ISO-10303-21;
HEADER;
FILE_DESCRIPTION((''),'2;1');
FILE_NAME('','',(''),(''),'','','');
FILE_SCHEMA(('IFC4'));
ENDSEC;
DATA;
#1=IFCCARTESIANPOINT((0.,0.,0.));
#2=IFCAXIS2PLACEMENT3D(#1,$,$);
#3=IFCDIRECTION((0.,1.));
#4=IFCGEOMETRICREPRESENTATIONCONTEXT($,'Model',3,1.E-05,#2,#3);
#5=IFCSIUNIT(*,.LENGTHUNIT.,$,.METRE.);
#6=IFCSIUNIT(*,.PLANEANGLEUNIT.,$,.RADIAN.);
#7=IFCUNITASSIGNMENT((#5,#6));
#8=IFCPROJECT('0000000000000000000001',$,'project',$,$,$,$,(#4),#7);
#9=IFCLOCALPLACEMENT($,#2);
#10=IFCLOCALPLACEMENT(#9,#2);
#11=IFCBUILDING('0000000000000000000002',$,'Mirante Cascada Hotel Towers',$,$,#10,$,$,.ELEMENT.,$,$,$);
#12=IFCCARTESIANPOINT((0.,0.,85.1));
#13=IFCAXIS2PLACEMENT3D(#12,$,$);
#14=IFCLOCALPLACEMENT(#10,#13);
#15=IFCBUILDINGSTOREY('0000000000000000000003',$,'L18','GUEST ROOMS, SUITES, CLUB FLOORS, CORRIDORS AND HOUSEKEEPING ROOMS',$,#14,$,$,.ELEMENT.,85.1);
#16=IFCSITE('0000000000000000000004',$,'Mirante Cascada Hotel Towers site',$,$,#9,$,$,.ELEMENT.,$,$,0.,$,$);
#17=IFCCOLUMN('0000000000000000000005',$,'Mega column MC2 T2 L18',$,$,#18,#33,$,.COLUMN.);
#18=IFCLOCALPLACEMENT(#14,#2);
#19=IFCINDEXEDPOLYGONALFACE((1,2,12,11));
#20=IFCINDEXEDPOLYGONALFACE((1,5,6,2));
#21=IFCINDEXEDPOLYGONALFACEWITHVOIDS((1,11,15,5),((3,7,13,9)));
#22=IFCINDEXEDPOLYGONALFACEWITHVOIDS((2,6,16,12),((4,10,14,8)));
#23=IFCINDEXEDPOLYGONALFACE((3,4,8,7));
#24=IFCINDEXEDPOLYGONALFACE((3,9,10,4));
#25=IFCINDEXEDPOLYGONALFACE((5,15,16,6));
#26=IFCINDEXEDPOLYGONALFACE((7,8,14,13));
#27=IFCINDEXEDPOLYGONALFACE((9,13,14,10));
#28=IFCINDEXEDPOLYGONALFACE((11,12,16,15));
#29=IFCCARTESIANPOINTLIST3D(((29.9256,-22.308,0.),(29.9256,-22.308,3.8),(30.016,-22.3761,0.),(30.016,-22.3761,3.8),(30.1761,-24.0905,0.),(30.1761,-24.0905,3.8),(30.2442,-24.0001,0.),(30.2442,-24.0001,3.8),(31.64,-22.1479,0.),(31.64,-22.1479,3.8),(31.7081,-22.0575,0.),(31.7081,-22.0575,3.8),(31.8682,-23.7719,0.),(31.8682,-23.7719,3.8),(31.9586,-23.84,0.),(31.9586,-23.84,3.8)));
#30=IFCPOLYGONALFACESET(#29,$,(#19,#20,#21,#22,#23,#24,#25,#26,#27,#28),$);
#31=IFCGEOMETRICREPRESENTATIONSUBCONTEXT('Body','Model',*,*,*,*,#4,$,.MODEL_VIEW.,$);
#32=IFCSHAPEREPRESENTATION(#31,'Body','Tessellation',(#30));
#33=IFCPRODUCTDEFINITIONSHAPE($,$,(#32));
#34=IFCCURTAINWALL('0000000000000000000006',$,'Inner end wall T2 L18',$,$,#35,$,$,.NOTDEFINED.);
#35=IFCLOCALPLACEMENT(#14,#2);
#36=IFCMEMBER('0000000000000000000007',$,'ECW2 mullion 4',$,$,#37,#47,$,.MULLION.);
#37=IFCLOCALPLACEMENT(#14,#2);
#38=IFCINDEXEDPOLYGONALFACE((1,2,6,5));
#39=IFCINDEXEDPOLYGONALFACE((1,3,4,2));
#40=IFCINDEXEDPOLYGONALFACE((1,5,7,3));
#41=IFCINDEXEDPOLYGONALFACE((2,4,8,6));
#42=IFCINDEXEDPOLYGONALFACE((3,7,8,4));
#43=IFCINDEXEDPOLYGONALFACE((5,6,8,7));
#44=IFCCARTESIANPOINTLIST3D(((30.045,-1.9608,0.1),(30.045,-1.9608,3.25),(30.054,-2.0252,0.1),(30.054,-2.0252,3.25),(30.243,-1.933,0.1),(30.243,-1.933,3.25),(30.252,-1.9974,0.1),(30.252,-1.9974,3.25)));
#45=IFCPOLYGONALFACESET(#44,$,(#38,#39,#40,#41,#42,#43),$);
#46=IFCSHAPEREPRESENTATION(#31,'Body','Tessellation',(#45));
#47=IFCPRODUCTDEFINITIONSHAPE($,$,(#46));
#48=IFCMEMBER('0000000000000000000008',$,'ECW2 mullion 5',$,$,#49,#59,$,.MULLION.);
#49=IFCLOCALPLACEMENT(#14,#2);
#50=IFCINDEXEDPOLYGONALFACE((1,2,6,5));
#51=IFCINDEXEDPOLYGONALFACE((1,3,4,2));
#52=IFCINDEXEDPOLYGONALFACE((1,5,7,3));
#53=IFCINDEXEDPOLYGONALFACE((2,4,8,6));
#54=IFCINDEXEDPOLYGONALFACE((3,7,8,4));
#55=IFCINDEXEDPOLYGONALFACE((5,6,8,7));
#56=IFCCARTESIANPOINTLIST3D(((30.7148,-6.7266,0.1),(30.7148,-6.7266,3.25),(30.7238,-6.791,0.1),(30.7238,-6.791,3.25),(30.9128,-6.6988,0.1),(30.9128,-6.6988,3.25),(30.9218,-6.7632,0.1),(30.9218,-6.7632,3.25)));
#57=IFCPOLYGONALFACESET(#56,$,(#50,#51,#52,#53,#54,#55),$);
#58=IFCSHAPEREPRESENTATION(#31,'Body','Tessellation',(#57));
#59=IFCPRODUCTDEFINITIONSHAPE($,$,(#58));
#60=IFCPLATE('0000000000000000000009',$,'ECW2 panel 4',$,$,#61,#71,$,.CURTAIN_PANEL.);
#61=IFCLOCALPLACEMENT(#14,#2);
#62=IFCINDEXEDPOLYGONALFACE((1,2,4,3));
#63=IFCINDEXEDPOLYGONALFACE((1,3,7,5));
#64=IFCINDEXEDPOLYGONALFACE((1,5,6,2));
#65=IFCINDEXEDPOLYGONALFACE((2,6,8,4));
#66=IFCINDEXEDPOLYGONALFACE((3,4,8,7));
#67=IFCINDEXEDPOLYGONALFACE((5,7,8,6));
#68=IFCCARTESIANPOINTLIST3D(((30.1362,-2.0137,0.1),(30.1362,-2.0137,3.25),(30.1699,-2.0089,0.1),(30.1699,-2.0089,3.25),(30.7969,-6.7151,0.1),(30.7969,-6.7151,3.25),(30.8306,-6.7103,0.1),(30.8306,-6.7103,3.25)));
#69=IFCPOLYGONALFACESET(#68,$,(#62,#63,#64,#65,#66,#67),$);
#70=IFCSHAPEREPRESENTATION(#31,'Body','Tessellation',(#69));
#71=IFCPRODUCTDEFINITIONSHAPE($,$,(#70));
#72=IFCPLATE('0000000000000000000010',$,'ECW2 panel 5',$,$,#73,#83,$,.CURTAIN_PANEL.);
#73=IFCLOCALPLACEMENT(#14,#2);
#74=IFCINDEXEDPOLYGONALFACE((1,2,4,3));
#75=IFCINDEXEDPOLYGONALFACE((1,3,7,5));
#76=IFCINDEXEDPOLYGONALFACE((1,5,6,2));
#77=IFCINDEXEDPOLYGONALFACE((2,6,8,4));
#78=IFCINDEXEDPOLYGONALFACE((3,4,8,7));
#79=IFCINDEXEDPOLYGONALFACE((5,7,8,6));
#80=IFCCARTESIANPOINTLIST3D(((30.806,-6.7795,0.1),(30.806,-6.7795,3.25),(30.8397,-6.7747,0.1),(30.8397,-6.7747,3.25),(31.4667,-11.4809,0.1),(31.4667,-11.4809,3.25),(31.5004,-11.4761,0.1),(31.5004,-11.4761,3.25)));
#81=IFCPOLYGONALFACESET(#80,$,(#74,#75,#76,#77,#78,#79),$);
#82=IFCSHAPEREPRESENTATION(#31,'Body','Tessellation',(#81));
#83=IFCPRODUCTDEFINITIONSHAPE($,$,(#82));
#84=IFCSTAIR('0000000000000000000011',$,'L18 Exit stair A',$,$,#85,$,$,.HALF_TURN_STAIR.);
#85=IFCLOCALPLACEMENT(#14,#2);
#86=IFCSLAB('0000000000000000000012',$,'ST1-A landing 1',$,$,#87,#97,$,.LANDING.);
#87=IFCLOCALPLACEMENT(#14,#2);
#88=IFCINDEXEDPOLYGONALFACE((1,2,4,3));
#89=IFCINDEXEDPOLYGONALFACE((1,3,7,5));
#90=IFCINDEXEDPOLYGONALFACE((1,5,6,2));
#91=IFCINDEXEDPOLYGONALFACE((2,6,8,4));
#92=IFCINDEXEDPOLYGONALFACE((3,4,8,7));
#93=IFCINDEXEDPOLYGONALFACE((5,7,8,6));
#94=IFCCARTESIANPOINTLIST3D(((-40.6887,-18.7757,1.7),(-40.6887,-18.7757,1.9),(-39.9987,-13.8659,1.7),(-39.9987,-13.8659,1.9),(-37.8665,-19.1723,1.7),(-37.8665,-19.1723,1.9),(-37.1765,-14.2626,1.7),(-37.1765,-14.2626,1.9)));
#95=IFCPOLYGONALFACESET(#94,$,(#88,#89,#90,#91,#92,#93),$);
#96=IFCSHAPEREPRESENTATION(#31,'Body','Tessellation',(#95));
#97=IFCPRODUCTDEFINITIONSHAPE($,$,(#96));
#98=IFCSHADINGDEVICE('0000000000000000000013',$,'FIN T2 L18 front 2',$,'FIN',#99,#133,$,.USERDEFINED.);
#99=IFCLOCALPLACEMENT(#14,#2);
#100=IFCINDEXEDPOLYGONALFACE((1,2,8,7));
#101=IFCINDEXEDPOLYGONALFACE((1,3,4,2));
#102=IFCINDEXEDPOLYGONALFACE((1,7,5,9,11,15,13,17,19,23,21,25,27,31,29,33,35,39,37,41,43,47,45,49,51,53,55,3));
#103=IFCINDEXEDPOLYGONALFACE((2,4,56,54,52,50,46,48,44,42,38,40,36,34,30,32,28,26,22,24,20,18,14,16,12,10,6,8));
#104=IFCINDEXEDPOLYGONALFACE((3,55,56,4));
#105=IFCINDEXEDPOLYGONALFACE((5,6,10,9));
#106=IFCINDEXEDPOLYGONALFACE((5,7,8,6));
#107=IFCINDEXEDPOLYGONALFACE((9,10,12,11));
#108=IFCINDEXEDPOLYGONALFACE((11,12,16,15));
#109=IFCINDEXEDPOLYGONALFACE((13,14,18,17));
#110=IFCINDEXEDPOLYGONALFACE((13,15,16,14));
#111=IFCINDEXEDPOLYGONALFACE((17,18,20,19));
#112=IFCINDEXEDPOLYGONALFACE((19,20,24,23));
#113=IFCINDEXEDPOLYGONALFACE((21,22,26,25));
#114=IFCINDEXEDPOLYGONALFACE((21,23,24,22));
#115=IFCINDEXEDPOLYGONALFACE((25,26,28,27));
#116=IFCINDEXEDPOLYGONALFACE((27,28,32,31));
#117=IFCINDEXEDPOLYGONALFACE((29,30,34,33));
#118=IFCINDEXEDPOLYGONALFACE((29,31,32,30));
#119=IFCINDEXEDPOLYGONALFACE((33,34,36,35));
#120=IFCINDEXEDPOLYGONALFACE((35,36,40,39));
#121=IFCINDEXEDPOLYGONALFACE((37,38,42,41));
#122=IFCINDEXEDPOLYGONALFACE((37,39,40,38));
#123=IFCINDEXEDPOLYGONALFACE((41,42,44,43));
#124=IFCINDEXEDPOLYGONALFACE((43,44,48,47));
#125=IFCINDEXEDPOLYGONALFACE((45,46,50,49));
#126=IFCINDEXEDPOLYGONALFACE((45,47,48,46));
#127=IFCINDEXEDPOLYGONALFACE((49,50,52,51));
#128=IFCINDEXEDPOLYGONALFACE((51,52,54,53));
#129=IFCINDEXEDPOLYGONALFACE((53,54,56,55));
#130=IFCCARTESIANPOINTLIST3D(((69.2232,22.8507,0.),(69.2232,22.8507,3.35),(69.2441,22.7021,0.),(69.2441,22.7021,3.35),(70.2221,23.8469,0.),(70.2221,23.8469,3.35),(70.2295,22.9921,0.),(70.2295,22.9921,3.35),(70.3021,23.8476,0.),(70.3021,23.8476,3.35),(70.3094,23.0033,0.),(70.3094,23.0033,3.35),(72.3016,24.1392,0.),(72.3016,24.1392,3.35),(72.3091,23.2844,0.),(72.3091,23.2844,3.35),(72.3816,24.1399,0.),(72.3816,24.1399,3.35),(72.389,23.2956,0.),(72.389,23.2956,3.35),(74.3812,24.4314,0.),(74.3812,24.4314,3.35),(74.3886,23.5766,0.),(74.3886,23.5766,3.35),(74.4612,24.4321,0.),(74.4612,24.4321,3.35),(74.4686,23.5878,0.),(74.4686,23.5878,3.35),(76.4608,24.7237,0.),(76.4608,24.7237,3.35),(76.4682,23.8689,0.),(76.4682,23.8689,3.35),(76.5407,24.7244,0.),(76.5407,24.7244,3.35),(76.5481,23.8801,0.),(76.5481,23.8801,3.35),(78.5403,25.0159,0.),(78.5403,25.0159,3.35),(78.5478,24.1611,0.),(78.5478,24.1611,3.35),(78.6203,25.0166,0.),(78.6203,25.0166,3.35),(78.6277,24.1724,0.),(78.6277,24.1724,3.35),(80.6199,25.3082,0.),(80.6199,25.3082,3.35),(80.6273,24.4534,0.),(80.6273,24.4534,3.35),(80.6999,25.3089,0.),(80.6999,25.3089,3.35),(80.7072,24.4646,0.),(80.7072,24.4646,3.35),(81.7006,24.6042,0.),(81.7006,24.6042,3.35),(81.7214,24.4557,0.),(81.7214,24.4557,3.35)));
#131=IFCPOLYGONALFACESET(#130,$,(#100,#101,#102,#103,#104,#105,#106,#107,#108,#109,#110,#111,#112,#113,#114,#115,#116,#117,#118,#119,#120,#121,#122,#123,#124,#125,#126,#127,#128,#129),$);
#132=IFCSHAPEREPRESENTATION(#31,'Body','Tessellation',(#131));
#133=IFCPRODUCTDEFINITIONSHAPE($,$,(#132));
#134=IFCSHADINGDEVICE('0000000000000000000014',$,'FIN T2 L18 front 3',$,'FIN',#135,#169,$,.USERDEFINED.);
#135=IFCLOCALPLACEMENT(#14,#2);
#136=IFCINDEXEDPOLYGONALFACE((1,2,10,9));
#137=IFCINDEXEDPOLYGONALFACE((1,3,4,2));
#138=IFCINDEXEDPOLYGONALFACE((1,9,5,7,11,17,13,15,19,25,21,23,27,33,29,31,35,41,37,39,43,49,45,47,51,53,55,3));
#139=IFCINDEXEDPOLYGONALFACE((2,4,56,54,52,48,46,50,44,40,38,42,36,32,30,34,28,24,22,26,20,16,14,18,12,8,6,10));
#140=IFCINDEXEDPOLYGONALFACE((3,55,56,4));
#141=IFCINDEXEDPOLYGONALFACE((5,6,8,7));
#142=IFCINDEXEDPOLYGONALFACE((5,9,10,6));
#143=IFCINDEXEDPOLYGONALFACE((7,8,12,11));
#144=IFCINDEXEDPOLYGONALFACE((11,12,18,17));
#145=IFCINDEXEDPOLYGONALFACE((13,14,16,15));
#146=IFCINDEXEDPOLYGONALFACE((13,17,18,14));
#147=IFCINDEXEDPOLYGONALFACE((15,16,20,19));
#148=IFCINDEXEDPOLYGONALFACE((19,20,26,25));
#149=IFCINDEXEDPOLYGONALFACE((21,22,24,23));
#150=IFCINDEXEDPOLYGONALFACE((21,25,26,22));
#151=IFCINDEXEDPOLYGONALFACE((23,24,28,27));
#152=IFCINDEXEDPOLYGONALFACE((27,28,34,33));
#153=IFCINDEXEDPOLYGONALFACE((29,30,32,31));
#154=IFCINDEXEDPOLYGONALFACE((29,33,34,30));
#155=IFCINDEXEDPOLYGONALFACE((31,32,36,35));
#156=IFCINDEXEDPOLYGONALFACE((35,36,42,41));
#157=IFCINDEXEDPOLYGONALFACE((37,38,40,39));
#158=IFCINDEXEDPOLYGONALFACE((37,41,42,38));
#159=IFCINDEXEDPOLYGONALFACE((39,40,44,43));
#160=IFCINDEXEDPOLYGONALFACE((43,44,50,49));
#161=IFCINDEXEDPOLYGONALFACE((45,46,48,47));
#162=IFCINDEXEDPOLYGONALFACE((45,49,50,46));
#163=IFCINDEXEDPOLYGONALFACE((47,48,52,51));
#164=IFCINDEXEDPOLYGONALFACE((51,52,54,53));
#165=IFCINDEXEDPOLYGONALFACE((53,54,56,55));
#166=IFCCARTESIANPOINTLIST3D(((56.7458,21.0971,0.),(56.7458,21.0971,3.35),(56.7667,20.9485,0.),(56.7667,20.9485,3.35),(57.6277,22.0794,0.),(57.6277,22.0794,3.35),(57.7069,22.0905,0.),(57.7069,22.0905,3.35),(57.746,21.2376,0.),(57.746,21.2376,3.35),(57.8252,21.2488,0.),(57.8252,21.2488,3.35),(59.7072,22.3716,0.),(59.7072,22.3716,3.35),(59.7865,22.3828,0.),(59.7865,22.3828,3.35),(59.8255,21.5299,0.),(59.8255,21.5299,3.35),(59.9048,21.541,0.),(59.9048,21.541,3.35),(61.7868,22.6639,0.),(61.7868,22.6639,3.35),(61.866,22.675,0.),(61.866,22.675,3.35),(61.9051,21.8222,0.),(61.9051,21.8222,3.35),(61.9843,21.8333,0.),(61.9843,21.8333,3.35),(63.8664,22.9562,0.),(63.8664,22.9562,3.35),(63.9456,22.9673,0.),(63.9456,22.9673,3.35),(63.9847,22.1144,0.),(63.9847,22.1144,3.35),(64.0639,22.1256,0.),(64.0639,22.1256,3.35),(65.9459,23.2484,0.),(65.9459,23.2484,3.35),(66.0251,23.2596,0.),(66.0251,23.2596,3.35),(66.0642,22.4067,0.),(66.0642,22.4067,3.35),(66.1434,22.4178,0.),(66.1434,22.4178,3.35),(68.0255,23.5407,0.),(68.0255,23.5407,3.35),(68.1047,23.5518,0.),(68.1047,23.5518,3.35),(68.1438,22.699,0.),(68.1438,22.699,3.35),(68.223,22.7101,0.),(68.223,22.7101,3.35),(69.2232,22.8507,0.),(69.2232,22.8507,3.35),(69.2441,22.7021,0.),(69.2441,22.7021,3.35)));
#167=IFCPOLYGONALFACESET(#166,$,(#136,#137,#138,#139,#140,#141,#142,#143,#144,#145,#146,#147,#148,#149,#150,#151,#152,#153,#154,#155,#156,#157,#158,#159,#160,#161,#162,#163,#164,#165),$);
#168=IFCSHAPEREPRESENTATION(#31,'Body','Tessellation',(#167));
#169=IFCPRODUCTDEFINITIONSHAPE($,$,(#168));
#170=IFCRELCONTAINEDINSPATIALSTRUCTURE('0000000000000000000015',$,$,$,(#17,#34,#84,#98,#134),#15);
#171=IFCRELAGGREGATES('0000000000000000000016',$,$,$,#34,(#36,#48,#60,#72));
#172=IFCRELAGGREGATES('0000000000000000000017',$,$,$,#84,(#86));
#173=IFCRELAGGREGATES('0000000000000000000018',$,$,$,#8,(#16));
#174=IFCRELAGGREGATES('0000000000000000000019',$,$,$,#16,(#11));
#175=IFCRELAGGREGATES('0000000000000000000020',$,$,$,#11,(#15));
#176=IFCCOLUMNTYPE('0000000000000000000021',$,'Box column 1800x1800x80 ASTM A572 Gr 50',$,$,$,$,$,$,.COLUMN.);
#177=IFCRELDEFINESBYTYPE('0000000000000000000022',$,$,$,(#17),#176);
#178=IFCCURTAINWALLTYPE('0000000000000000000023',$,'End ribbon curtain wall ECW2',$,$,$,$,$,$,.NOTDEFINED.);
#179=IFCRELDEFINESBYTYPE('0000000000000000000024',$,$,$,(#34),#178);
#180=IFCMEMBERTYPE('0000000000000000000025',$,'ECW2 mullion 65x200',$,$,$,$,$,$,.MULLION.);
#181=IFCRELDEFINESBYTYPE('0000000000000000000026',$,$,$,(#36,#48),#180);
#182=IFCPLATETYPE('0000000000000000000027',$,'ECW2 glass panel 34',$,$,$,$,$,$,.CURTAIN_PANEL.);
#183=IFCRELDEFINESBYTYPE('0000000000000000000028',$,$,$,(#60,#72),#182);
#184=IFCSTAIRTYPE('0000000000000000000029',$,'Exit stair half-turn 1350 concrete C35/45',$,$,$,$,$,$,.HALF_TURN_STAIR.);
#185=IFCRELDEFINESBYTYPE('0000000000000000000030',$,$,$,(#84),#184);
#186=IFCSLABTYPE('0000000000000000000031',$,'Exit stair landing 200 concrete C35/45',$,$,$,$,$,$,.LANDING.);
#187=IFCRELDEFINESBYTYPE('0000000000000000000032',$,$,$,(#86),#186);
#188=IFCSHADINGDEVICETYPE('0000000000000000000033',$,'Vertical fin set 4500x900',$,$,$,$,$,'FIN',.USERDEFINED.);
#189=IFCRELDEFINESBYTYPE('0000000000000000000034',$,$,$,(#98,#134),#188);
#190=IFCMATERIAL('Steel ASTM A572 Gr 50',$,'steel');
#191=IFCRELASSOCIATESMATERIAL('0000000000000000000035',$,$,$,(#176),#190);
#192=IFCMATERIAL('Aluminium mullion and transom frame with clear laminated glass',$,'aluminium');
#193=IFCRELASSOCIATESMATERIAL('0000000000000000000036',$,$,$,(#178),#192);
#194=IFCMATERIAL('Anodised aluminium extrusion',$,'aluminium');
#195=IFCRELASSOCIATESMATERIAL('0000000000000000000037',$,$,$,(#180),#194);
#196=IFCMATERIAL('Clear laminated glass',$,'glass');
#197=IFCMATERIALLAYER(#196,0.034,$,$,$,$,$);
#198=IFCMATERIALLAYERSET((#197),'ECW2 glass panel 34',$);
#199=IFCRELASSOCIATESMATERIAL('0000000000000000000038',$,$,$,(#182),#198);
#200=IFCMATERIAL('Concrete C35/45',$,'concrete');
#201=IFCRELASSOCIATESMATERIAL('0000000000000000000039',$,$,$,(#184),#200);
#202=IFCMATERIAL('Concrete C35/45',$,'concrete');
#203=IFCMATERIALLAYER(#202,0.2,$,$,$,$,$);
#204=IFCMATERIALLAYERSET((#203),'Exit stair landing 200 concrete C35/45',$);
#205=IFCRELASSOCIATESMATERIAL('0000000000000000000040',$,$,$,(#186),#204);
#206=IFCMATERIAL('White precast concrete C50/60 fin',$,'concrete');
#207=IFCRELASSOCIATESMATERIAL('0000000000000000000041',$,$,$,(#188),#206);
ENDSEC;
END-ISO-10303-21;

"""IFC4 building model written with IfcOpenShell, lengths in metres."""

from ifc_helpers import new_model, si_unit, direction, frame, origin, origin_2d, place, context, subcontext, project, spatial, polyline, rectangle, hollow_rectangle, outline, extrude, material, layer, layer_set, material_profile, profile_set, type_object, element, aggregate, save


model = new_model("IFC4")

# Units and contexts
model_context = context("Model", 3, precision=1e-05, world=origin(), true_north=direction((0.0, 1.0)))
body_context = subcontext(model_context, "Body", "Model", "MODEL_VIEW")
ifc_project = project(units=[si_unit("LENGTHUNIT", "METRE"), si_unit("PLANEANGLEUNIT", "RADIAN")], contexts=[model_context])

# Site, building, storey
site_placement = place(None, origin())
site = spatial("IfcSite", under=ifc_project, at=site_placement, Name="Mirante Cascada Hotel Towers site", CompositionType="ELEMENT", RefElevation=0.0)
building_placement = place(site_placement, origin())
building = spatial("IfcBuilding", under=site, at=building_placement, Name="Mirante Cascada Hotel Towers", CompositionType="ELEMENT")
storey_placement = place(building_placement, frame((0.0, 0.0, 85.1)))
storey = spatial("IfcBuildingStorey", under=building, at=storey_placement, Name="L18", Description="GUEST ROOMS, SUITES, CLUB FLOORS, CORRIDORS AND HOUSEKEEPING ROOMS", CompositionType="ELEMENT", Elevation=85.1)

# Column
ifc_material_1 = material(Name="Steel ASTM A572 Gr 50", Category="steel")
ifc_material_profile_1 = material_profile(ifc_material_1, hollow_rectangle(XDim=1.8, YDim=1.8, WallThickness=0.08, at=origin_2d()), Name="Box column 1800x1800x80 ASTM A572 Gr 50")
ifc_profile_set_1 = profile_set([ifc_material_profile_1], Name="Steel ASTM A572 Gr 50")
column_type = type_object("IfcColumnType", Name="Box column 1800x1800x80 ASTM A572 Gr 50", PredefinedType="COLUMN", material=ifc_profile_set_1)
column_placement = place(storey_placement, frame((30.9421, -23.074, 0.0), z_axis=(0.0, 0.0, 1.0), x_axis=(0.990268, 0.139173, 0.0)))
element("IfcColumn", 1, at=column_placement, inside=storey, type_object=column_type, Name="Mega column MC2 T2 L18", PredefinedType="COLUMN", context=body_context, shape_type="SweptSolid", body=[
    extrude(hollow_rectangle(XDim=1.8, YDim=1.8, WallThickness=0.08, at=origin_2d()), origin(), (0.0, 0.0, 1.0), 3.8),
])

# Curtain wall, members, plates
ifc_material_2 = material(Name="Aluminium mullion and transom frame with clear laminated glass", Category="aluminium")
curtain_wall_type = type_object("IfcCurtainWallType", Name="End ribbon curtain wall ECW2", PredefinedType="NOTDEFINED", material=ifc_material_2)
curtain_wall_placement = place(storey_placement, origin())
curtain_wall = element("IfcCurtainWall", 2, at=curtain_wall_placement, inside=storey, type_object=curtain_wall_type, Name="Inner end wall T2 L18", PredefinedType="NOTDEFINED")
ifc_material_3 = material(Name="Anodised aluminium extrusion", Category="aluminium")
ifc_material_profile_2 = material_profile(ifc_material_3, rectangle(XDim=0.2, YDim=0.065, at=origin_2d()), Name="ECW2 MULLION 65x200")
ifc_profile_set_2 = profile_set([ifc_material_profile_2], Name="Anodised aluminium extrusion")
member_type = type_object("IfcMemberType", Name="ECW2 mullion 65x200", PredefinedType="MULLION", material=ifc_profile_set_2)
member_1_placement = place(storey_placement, frame((30.1485, -1.9791, 0.1), z_axis=(0.0, 0.0, 1.0), x_axis=(0.990268, 0.139173, 0.0)))
member_1 = element("IfcMember", 3, at=member_1_placement, type_object=member_type, Name="ECW2 mullion 4", PredefinedType="MULLION", context=body_context, shape_type="SweptSolid", body=[
    extrude(rectangle(XDim=0.2, YDim=0.065, at=origin_2d()), origin(), (0.0, 0.0, 1.0), 3.15),
])
member_2_placement = place(storey_placement, frame((30.8183, -6.7449, 0.1), z_axis=(0.0, 0.0, 1.0), x_axis=(0.990268, 0.139173, 0.0)))
member_2 = element("IfcMember", 4, at=member_2_placement, type_object=member_type, Name="ECW2 mullion 5", PredefinedType="MULLION", context=body_context, shape_type="SweptSolid", body=[
    extrude(rectangle(XDim=0.2, YDim=0.065, at=origin_2d()), origin(), (0.0, 0.0, 1.0), 3.15),
])
ifc_material_4 = material(Name="Clear laminated glass", Category="glass")
ifc_layer_1 = layer(ifc_material_4, 0.034)
ifc_layer_set_1 = layer_set([ifc_layer_1], Name="ECW2 glass panel 34")
plate_type = type_object("IfcPlateType", Name="ECW2 glass panel 34", PredefinedType="CURTAIN_PANEL", material=ifc_layer_set_1)
plate_1_placement = place(storey_placement, frame((30.4834, -4.362, 0.1), z_axis=(0.0, 0.0, 1.0), x_axis=(0.139173, -0.990268, 0.0)))
plate_1 = element("IfcPlate", 5, at=plate_1_placement, type_object=plate_type, Name="ECW2 panel 4", PredefinedType="CURTAIN_PANEL", context=body_context, shape_type="SweptSolid", body=[
    extrude(rectangle(XDim=4.7476, YDim=0.034, at=origin_2d()), origin(), (0.0, 0.0, 1.0), 3.15),
])
plate_2_placement = place(storey_placement, frame((31.1532, -9.1278, 0.1), z_axis=(0.0, 0.0, 1.0), x_axis=(0.139173, -0.990268, 0.0)))
plate_2 = element("IfcPlate", 6, at=plate_2_placement, type_object=plate_type, Name="ECW2 panel 5", PredefinedType="CURTAIN_PANEL", context=body_context, shape_type="SweptSolid", body=[
    extrude(rectangle(XDim=4.7476, YDim=0.034, at=origin_2d()), origin(), (0.0, 0.0, 1.0), 3.15),
])
aggregate(curtain_wall, [member_1, member_2, plate_1, plate_2])

# Stair, slab
ifc_material_5 = material(Name="Concrete C35/45", Category="concrete")
stair_type = type_object("IfcStairType", Name="Exit stair half-turn 1350 concrete C35/45", PredefinedType="HALF_TURN_STAIR", material=ifc_material_5)
stair_placement = place(storey_placement, origin())
stair = element("IfcStair", 7, at=stair_placement, inside=storey, type_object=stair_type, Name="L18 Exit stair A", PredefinedType="HALF_TURN_STAIR")
ifc_material_6 = material(Name="Concrete C35/45", Category="concrete")
ifc_layer_2 = layer(ifc_material_6, 0.2)
ifc_layer_set_2 = layer_set([ifc_layer_2], Name="Exit stair landing 200 concrete C35/45")
slab_type = type_object("IfcSlabType", Name="Exit stair landing 200 concrete C35/45", PredefinedType="LANDING", material=ifc_layer_set_2)
slab_placement = place(storey_placement, frame((0.0, 0.0, 1.7)))
slab = element("IfcSlab", 8, at=slab_placement, type_object=slab_type, Name="ST1-A landing 1", PredefinedType="LANDING", context=body_context, shape_type="SweptSolid", body=[
    extrude(outline(polyline([(-39.9987, -13.8659), (-40.6887, -18.7757), (-37.8665, -19.1723), (-37.1765, -14.2626), (-39.9987, -13.8659)])), origin(), (0.0, 0.0, 1.0), 0.2),
])
aggregate(stair, [slab])

# Shading devices
ifc_material_7 = material(Name="White precast concrete C50/60 fin", Category="concrete")
shading_device_type = type_object("IfcShadingDeviceType", Name="Vertical fin set 4500x900", ElementType="FIN", PredefinedType="USERDEFINED", material=ifc_material_7)
shading_device_1_placement = place(storey_placement, origin())
element("IfcShadingDevice", 9, at=shading_device_1_placement, inside=storey, type_object=shading_device_type, Name="FIN T2 L18 front 2", ObjectType="FIN", PredefinedType="USERDEFINED", context=body_context, shape_type="SweptSolid", body=[
    extrude(outline(polyline([(70.3021, 23.8476), (70.3094, 23.0033), (72.3091, 23.2844), (72.3016, 24.1392), (72.3816, 24.1399), (72.389, 23.2956), (74.3886, 23.5766), (74.3812, 24.4314), (74.4612, 24.4321), (74.4686, 23.5878), (76.4682, 23.8689), (76.4608, 24.7237), (76.5407, 24.7244), (76.5481, 23.8801), (78.5478, 24.1611), (78.5403, 25.0159), (78.6203, 25.0166), (78.6277, 24.1724), (80.6273, 24.4534), (80.6199, 25.3082), (80.6999, 25.3089), (80.7072, 24.4646), (81.7006, 24.6042), (81.7214, 24.4557), (69.2441, 22.7021), (69.2232, 22.8507), (70.2295, 22.9921), (70.2221, 23.8469), (70.3021, 23.8476)])), origin(), (0.0, 0.0, 1.0), 3.35),
])
shading_device_2_placement = place(storey_placement, origin())
element("IfcShadingDevice", 10, at=shading_device_2_placement, inside=storey, type_object=shading_device_type, Name="FIN T2 L18 front 3", ObjectType="FIN", PredefinedType="USERDEFINED", context=body_context, shape_type="SweptSolid", body=[
    extrude(outline(polyline([(57.7069, 22.0905), (57.8252, 21.2488), (59.8255, 21.5299), (59.7072, 22.3716), (59.7865, 22.3828), (59.9048, 21.541), (61.9051, 21.8222), (61.7868, 22.6639), (61.866, 22.675), (61.9843, 21.8333), (63.9847, 22.1144), (63.8664, 22.9562), (63.9456, 22.9673), (64.0639, 22.1256), (66.0642, 22.4067), (65.9459, 23.2484), (66.0251, 23.2596), (66.1434, 22.4178), (68.1438, 22.699), (68.0255, 23.5407), (68.1047, 23.5518), (68.223, 22.7101), (69.2232, 22.8507), (69.2441, 22.7021), (56.7667, 20.9485), (56.7458, 21.0971), (57.746, 21.2376), (57.6277, 22.0794), (57.7069, 22.0905)])), origin(), (0.0, 0.0, 1.0), 3.35),
])

save(model, "model.ifc")
